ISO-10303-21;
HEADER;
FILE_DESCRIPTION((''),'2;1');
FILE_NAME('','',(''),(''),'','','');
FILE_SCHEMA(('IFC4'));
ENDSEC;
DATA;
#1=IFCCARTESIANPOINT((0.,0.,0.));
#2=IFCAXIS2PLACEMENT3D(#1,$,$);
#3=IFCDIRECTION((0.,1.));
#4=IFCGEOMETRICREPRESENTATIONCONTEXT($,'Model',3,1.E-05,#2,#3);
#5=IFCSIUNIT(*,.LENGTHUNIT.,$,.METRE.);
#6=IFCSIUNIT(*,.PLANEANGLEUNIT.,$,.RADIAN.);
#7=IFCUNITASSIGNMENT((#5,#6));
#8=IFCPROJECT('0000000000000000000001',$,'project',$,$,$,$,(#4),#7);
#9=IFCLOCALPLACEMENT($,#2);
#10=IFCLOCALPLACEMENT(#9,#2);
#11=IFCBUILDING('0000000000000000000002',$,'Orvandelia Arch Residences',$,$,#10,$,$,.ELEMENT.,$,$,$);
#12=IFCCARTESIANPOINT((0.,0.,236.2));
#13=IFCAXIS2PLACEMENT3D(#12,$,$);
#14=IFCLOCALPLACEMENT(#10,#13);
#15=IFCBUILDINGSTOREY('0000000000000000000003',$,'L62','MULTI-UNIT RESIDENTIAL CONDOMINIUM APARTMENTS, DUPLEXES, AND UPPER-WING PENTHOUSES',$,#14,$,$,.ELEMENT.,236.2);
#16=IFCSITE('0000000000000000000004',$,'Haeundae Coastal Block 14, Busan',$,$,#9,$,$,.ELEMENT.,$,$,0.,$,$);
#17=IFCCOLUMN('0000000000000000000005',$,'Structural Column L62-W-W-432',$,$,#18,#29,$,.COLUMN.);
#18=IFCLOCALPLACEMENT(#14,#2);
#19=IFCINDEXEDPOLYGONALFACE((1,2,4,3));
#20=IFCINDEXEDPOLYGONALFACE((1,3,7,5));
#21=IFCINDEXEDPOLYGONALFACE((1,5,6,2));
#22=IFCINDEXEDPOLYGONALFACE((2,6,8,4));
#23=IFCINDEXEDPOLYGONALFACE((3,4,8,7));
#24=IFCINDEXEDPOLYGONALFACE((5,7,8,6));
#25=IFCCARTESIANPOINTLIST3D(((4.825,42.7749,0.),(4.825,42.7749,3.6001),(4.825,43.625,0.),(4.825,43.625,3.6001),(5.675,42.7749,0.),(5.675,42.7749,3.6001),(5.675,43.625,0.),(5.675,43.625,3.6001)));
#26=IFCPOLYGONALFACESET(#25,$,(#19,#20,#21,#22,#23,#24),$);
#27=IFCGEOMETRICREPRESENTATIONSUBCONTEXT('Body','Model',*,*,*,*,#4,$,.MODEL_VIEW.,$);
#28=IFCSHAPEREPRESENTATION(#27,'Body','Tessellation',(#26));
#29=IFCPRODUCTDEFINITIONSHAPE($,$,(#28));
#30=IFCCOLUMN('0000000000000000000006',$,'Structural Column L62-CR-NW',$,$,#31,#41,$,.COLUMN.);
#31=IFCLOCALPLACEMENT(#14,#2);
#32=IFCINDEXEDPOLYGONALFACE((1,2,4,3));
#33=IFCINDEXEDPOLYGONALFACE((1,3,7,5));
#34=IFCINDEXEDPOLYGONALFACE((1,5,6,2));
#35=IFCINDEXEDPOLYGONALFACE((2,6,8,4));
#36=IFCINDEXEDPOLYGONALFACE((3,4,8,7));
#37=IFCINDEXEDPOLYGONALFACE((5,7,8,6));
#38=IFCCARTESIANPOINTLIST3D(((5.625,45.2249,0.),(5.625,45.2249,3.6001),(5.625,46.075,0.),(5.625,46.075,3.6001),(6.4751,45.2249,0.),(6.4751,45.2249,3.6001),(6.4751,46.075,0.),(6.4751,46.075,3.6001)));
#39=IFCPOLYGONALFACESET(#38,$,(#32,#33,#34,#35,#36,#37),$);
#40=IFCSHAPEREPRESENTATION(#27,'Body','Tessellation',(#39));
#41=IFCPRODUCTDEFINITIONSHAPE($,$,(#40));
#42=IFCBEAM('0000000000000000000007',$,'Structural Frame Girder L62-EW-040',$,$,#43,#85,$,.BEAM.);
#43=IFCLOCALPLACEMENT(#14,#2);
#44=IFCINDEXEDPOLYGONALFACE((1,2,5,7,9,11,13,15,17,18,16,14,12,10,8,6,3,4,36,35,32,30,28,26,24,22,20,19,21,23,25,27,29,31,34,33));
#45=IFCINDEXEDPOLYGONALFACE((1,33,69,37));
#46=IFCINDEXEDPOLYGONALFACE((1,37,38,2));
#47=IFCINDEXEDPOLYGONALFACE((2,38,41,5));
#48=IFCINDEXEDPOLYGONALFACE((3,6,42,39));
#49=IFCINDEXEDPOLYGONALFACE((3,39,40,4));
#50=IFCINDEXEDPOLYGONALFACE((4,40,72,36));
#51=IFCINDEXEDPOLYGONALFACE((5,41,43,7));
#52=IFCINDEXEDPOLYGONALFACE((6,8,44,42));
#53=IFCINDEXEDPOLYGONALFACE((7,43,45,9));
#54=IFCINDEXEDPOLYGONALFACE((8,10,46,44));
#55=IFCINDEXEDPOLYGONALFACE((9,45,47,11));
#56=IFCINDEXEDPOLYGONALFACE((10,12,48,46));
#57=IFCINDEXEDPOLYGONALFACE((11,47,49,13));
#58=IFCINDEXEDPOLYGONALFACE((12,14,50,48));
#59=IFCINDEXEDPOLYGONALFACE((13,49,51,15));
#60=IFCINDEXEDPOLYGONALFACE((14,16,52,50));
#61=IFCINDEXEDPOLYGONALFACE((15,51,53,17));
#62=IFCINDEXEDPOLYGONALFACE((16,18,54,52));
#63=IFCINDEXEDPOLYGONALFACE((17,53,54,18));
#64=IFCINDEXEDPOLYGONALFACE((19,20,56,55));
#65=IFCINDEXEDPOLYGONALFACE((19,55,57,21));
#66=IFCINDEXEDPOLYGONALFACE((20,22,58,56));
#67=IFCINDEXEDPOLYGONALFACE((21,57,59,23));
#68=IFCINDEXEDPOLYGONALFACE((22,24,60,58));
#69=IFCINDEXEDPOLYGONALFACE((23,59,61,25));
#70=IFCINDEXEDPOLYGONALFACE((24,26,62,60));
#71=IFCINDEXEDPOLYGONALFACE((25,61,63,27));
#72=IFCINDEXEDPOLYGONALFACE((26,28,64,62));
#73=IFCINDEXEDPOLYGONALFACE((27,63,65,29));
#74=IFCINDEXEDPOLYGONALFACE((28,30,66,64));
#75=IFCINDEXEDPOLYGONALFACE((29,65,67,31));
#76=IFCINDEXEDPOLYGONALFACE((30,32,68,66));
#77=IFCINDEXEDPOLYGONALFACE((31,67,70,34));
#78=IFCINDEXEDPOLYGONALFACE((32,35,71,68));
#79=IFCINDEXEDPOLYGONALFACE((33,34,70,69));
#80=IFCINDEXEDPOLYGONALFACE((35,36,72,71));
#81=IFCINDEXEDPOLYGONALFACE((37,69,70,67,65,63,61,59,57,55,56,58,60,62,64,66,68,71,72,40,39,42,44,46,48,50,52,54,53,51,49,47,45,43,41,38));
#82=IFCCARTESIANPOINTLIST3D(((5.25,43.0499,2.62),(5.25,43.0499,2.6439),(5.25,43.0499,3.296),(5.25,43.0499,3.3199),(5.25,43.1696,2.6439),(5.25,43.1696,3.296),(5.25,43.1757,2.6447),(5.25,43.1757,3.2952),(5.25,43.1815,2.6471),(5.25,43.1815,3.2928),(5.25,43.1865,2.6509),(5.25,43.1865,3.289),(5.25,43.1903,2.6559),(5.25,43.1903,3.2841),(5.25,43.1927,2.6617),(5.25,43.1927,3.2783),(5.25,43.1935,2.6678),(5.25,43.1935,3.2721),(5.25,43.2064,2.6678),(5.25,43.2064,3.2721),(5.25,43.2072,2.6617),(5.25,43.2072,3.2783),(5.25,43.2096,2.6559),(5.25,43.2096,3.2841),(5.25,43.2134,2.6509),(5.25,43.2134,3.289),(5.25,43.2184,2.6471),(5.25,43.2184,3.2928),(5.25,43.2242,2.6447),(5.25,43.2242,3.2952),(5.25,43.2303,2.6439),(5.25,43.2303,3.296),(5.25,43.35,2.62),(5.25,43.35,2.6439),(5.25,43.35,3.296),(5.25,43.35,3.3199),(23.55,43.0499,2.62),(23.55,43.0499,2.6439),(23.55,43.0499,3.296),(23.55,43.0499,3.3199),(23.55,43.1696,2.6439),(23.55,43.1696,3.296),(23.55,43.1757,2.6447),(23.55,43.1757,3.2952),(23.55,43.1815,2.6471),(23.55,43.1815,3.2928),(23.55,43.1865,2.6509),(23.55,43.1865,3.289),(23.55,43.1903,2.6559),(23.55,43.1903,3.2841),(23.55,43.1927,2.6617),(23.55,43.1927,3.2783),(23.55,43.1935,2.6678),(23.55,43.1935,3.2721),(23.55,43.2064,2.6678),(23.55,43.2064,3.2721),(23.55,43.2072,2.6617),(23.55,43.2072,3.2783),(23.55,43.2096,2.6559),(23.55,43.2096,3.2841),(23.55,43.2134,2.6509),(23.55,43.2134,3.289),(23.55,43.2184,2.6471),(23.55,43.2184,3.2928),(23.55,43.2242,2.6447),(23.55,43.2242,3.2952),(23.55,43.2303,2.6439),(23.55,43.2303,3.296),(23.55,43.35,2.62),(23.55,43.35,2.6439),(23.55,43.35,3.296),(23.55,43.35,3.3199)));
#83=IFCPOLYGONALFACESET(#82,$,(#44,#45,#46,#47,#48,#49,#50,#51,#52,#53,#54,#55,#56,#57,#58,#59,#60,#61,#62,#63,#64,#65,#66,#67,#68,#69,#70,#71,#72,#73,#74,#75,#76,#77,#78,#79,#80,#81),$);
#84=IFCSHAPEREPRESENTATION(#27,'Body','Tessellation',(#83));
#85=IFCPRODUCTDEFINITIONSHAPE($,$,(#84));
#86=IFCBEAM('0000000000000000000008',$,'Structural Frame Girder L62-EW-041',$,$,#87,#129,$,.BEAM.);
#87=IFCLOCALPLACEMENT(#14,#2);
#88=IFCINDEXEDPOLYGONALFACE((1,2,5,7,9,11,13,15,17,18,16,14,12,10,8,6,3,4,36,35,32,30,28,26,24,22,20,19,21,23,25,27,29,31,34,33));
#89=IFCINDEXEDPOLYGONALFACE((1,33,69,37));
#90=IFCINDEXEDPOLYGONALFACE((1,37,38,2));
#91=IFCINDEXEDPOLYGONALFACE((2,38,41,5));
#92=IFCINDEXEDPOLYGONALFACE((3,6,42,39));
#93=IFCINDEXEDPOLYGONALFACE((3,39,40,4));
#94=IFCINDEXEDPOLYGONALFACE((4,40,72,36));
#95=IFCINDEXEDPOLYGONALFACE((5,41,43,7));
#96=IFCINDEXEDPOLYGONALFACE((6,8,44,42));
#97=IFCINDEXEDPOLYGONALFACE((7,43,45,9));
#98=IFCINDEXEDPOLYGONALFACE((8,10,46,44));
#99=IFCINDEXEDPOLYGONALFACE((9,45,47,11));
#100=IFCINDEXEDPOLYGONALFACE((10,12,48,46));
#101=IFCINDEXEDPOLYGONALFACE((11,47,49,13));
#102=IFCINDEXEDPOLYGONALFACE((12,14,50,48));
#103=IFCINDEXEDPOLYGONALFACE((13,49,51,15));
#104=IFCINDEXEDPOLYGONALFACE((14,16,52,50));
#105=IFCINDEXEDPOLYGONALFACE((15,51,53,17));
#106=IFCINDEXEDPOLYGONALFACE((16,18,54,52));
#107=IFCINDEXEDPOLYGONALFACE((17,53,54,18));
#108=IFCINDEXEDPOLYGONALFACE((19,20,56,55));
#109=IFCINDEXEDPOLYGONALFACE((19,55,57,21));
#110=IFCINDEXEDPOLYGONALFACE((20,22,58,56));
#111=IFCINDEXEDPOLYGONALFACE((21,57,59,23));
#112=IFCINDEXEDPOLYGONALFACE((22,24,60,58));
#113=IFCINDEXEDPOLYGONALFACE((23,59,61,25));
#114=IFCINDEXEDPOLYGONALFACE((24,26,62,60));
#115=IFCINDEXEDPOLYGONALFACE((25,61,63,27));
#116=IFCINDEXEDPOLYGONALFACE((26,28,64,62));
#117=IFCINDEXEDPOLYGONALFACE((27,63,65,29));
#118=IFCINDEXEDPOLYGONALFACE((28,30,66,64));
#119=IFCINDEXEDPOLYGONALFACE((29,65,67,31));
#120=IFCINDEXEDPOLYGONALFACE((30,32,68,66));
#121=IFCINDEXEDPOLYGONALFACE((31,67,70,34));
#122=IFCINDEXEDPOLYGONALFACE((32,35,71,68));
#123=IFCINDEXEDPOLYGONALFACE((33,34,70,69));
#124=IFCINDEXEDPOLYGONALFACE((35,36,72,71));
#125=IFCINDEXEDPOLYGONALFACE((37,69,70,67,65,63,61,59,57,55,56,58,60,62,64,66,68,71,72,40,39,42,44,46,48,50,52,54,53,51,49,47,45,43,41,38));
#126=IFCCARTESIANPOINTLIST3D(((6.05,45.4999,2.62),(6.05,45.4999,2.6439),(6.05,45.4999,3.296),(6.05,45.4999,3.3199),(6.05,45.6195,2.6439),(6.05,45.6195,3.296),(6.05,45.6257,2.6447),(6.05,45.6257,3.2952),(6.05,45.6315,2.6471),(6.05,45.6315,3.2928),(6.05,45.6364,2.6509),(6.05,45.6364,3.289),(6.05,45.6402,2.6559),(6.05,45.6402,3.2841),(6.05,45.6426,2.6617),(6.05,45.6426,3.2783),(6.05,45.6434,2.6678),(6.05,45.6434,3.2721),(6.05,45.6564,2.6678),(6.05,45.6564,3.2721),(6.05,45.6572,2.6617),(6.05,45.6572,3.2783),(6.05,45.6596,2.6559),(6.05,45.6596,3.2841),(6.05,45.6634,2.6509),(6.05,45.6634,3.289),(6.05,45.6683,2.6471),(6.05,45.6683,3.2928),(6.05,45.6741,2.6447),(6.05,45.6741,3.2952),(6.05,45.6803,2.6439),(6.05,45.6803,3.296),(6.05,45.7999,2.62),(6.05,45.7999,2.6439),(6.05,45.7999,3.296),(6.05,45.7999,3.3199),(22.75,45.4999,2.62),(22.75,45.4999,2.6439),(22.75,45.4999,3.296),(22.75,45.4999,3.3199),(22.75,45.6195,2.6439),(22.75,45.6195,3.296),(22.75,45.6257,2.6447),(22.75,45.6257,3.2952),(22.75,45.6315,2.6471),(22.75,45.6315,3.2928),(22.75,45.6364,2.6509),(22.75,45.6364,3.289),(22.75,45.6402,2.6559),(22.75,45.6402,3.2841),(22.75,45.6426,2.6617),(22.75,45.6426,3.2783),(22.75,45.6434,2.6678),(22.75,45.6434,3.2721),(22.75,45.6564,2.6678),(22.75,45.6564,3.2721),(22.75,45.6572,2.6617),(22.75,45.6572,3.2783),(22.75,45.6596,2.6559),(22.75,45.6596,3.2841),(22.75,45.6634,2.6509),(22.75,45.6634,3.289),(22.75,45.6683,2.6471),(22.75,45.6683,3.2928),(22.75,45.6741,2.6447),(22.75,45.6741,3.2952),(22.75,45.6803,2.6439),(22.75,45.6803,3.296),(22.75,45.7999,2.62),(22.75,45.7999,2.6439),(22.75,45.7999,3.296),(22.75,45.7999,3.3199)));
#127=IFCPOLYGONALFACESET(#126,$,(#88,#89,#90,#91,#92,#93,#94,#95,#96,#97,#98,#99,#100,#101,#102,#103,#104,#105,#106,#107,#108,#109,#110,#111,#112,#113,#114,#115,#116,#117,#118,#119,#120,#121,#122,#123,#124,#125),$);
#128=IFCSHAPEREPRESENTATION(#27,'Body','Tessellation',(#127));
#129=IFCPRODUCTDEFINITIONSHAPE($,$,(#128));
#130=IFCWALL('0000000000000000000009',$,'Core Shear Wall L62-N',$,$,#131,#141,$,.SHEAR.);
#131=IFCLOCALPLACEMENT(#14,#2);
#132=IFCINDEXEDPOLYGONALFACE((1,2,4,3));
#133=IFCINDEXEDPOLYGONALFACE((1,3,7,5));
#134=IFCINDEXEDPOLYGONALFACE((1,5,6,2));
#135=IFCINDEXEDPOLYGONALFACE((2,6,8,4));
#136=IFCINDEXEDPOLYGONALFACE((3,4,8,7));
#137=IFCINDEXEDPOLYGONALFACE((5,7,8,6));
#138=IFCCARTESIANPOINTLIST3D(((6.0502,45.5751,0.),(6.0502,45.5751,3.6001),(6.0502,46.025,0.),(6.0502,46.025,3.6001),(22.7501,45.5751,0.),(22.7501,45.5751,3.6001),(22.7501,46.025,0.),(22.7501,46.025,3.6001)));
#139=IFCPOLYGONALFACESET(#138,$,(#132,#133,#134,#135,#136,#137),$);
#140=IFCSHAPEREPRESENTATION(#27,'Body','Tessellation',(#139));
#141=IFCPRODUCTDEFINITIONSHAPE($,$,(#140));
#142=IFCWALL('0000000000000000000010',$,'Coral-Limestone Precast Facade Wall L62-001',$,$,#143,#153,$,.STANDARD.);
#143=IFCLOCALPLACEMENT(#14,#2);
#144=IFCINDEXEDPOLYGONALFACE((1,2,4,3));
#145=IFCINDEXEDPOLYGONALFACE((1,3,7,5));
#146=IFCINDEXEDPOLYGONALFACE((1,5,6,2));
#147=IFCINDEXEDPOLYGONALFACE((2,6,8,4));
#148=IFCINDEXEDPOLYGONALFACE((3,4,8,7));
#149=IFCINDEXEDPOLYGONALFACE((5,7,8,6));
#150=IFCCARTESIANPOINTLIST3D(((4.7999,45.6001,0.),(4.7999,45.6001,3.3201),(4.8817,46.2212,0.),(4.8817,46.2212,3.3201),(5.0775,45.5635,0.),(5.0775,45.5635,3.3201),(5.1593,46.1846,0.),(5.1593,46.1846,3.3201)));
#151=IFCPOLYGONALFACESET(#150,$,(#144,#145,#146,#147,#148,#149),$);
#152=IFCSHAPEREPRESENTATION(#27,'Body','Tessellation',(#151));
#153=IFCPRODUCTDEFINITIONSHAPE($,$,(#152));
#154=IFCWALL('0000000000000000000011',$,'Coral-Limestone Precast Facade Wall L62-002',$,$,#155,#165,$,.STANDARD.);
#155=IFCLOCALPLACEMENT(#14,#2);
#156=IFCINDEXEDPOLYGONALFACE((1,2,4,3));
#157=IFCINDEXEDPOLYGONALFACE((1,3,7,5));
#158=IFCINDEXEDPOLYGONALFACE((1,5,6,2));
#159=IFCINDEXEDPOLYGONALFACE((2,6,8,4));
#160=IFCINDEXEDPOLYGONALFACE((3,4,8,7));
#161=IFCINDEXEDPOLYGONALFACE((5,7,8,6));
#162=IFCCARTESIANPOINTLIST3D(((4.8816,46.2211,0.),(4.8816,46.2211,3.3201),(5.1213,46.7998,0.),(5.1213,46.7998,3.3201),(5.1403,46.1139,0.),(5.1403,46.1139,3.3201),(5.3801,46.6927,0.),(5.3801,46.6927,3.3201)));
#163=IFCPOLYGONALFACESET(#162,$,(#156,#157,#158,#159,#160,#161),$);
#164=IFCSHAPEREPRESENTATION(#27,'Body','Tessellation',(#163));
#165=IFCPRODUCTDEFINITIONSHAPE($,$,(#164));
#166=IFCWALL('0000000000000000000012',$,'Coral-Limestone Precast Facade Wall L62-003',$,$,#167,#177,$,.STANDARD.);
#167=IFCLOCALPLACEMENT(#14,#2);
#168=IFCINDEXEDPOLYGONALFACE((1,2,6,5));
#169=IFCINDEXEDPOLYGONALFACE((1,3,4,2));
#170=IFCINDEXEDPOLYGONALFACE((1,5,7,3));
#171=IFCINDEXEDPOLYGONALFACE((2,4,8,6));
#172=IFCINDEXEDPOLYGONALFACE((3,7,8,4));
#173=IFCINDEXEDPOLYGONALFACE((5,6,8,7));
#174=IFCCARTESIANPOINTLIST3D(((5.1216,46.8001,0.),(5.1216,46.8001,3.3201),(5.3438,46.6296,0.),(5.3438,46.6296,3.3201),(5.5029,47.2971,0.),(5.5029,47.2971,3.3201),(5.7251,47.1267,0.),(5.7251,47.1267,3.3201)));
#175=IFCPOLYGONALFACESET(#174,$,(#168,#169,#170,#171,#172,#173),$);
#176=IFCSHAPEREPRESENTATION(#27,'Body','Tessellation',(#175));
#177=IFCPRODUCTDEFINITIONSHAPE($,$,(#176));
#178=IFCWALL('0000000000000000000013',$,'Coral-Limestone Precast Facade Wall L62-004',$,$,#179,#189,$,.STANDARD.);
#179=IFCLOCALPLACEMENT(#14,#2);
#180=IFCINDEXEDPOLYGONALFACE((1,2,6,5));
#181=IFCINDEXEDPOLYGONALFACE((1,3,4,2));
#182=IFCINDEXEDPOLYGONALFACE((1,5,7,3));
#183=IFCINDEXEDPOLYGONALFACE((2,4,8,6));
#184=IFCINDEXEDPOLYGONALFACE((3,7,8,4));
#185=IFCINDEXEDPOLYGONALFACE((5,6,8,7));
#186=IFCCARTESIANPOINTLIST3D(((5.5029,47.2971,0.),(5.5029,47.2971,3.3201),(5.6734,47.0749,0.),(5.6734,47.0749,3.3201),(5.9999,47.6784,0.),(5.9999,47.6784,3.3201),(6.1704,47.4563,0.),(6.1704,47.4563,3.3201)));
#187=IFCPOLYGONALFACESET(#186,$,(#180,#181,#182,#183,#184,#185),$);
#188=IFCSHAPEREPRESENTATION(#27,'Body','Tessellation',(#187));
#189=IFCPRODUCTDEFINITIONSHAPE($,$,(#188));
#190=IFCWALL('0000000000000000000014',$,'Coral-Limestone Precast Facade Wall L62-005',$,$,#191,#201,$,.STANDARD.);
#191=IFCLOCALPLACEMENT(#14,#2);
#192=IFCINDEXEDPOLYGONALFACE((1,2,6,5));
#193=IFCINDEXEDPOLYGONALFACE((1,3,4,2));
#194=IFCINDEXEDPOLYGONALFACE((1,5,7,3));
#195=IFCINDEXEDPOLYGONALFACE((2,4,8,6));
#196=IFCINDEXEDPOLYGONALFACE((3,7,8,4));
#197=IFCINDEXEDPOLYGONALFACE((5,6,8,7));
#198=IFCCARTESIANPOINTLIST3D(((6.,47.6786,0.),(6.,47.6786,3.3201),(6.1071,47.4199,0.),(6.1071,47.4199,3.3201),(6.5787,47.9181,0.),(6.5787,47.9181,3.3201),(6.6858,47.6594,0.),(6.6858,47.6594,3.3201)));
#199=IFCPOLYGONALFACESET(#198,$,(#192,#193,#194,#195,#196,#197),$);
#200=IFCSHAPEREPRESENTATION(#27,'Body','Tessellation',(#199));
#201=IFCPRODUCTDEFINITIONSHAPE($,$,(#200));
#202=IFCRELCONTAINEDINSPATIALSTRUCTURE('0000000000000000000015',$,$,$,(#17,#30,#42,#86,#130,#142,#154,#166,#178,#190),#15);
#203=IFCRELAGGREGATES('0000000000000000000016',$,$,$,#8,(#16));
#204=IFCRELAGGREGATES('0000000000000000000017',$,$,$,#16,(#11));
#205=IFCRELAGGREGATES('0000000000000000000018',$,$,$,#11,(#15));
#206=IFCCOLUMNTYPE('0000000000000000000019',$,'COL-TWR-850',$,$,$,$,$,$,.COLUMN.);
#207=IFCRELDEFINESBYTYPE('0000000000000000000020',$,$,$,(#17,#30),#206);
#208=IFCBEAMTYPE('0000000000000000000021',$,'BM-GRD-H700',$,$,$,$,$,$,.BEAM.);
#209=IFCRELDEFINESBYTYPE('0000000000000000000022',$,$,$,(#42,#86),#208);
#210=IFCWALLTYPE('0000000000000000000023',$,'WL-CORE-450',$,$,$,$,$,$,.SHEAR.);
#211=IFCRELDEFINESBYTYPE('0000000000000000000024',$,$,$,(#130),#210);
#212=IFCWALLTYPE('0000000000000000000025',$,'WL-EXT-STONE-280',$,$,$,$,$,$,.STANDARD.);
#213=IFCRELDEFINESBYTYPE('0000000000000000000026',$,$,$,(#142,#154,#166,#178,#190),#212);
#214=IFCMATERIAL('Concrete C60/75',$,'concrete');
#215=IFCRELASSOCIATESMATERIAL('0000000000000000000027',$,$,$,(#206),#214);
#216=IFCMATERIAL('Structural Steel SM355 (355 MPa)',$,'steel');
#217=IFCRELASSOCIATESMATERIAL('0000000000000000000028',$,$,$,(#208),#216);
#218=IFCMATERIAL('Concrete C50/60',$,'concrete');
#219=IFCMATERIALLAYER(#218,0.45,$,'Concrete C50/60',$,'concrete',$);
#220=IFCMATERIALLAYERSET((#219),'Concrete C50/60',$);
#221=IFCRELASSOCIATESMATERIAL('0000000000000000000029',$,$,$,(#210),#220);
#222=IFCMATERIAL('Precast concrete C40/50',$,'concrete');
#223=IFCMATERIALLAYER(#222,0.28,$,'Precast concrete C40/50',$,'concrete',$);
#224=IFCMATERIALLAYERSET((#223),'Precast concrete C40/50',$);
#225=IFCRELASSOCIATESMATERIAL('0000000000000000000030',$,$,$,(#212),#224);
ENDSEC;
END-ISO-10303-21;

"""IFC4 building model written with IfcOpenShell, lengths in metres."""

from ifc_helpers import new_model, si_unit, direction, frame, frame_2d, origin, origin_2d, place, context, subcontext, project, spatial, rectangle, i_section, extrude, material, layer, layer_set, material_profile, profile_set, type_object, element, save


model = new_model("IFC4")

# Units and contexts
model_context = context("Model", 3, precision=1e-05, world=origin(), true_north=direction((0.0, 1.0)))
body_context = subcontext(model_context, "Body", "Model", "MODEL_VIEW")
ifc_project = project(units=[si_unit("LENGTHUNIT", "METRE"), si_unit("PLANEANGLEUNIT", "RADIAN")], contexts=[model_context])

# Site, building, storey
site_placement = place(None, origin())
site = spatial("IfcSite", under=ifc_project, at=site_placement, Name="Haeundae Coastal Block 14, Busan", CompositionType="ELEMENT", RefElevation=0.0)
building_placement = place(site_placement, origin())
building = spatial("IfcBuilding", under=site, at=building_placement, Name="Orvandelia Arch Residences", CompositionType="ELEMENT")
storey_placement = place(building_placement, frame((0.0, 0.0, 236.2)))
storey = spatial("IfcBuildingStorey", under=building, at=storey_placement, Name="L62", Description="MULTI-UNIT RESIDENTIAL CONDOMINIUM APARTMENTS, DUPLEXES, AND UPPER-WING PENTHOUSES", CompositionType="ELEMENT", Elevation=236.2)

# Columns
ifc_material_1 = material(Name="Concrete C60/75", Category="concrete")
ifc_material_profile_1 = material_profile(ifc_material_1, rectangle(XDim=0.8501, YDim=0.8501, at=origin_2d()), Name="Concrete C60/75", Category="concrete")
ifc_profile_set_1 = profile_set([ifc_material_profile_1], Name="Concrete C60/75")
column_type = type_object("IfcColumnType", Name="COL-TWR-850", PredefinedType="COLUMN", material=ifc_profile_set_1)
for number, where, z_axis, x_axis, name in (
    (1, (5.25, 43.2, 0.0), (0.0, 0.0, 1.0), (1.0, 0.0, 0.0), "Structural Column L62-W-W-432"),
    (2, (6.05, 45.6499, 0.0), (0.0, 0.0, 1.0), (1.0, 0.0, 0.0), "Structural Column L62-CR-NW"),
):
    element("IfcColumn", number, at=place(storey_placement, frame(where, z_axis=z_axis, x_axis=x_axis)), inside=storey, type_object=column_type, Name=name, PredefinedType="COLUMN", context=body_context, shape_type="SweptSolid", body=[
        extrude(rectangle(XDim=0.8501, YDim=0.8501, at=origin_2d()), origin(), (0.0, 0.0, 1.0), 3.6001),
    ])

# Beams
ifc_material_2 = material(Name="Structural Steel SM355 (355 MPa)", Category="steel")
ifc_material_profile_2 = material_profile(ifc_material_2, i_section(OverallWidth=0.3, OverallDepth=0.7, WebThickness=0.0129, FlangeThickness=0.0239, FilletRadius=0.0239, at=origin_2d()), Name="Structural Steel SM355 (355 MPa)", Category="steel")
ifc_profile_set_2 = profile_set([ifc_material_profile_2], Name="Structural Steel SM355 (355 MPa)")
beam_type = type_object("IfcBeamType", Name="BM-GRD-H700", PredefinedType="BEAM", material=ifc_profile_set_2)
beam_1_placement = place(storey_placement, frame((5.25, 43.2, 2.97), z_axis=(1.0, 0.0, 0.0), x_axis=(0.0, 1.0, 0.0)))
element("IfcBeam", 3, at=beam_1_placement, inside=storey, type_object=beam_type, Name="Structural Frame Girder L62-EW-040", PredefinedType="BEAM", context=body_context, shape_type="SweptSolid", body=[
    extrude(i_section(OverallWidth=0.3, OverallDepth=0.7, WebThickness=0.0129, FlangeThickness=0.0239, FilletRadius=0.0239, at=origin_2d()), origin(), (0.0, 0.0, 1.0), 18.3),
])
beam_2_placement = place(storey_placement, frame((6.05, 45.6499, 2.97), z_axis=(1.0, 0.0, 0.0), x_axis=(0.0, 1.0, 0.0)))
element("IfcBeam", 4, at=beam_2_placement, inside=storey, type_object=beam_type, Name="Structural Frame Girder L62-EW-041", PredefinedType="BEAM", context=body_context, shape_type="SweptSolid", body=[
    extrude(i_section(OverallWidth=0.3, OverallDepth=0.7, WebThickness=0.0129, FlangeThickness=0.0239, FilletRadius=0.0239, at=origin_2d()), origin(), (0.0, 0.0, 1.0), 16.7),
])

# Walls
ifc_material_3 = material(Name="Concrete C50/60", Category="concrete")
ifc_layer_1 = layer(ifc_material_3, 0.45, Name="Concrete C50/60", Category="concrete")
ifc_layer_set_1 = layer_set([ifc_layer_1], Name="Concrete C50/60")
wall_type_1 = type_object("IfcWallType", Name="WL-CORE-450", PredefinedType="SHEAR", material=ifc_layer_set_1)
wall_1_placement = place(storey_placement, frame((6.05, 45.8, 0.0), z_axis=(0.0, 0.0, 1.0), x_axis=(1.0, 0.0, 0.0)))
element("IfcWall", 5, at=wall_1_placement, inside=storey, type_object=wall_type_1, Name="Core Shear Wall L62-N", PredefinedType="SHEAR", context=body_context, shape_type="SweptSolid", body=[
    extrude(rectangle(XDim=16.7, YDim=0.45, at=frame_2d((8.3501, 0.0))), origin(), (0.0, 0.0, 1.0), 3.6001),
])
ifc_material_4 = material(Name="Precast concrete C40/50", Category="concrete")
ifc_layer_2 = layer(ifc_material_4, 0.28, Name="Precast concrete C40/50", Category="concrete")
ifc_layer_set_2 = layer_set([ifc_layer_2], Name="Precast concrete C40/50")
wall_type_2 = type_object("IfcWallType", Name="WL-EXT-STONE-280", PredefinedType="STANDARD", material=ifc_layer_set_2)
for number, where, z_axis, x_axis, name in (
    (6, (4.9387, 45.5818, 0.0), (0.0, 0.0, 1.0), (0.130555, 0.991441, 0.0), "Coral-Limestone Precast Facade Wall L62-001"),
    (7, (5.011, 46.1675, 0.0), (0.0, 0.0, 1.0), (0.38265, 0.923893, 0.0), "Coral-Limestone Precast Facade Wall L62-002"),
    (8, (5.2327, 46.7148, 0.0), (0.0, 0.0, 1.0), (0.608693, 0.793406, 0.0), "Coral-Limestone Precast Facade Wall L62-003"),
    (9, (5.5881, 47.186, 0.0), (0.0, 0.0, 1.0), (0.793406, 0.608693, 0.0), "Coral-Limestone Precast Facade Wall L62-004"),
):
    element("IfcWall", number, at=place(storey_placement, frame(where, z_axis=z_axis, x_axis=x_axis)), inside=storey, type_object=wall_type_2, Name=name, PredefinedType="STANDARD", context=body_context, shape_type="SweptSolid", body=[
        extrude(rectangle(XDim=0.6265, YDim=0.28, at=frame_2d((0.3132, 0.0))), origin(), (0.0, 0.0, 1.0), 3.3201),
    ])
wall_2_placement = place(storey_placement, frame((6.0537, 47.5493, 0.0), z_axis=(0.0, 0.0, 1.0), x_axis=(0.923974, 0.382455, 0.0)))
element("IfcWall", 10, at=wall_2_placement, inside=storey, type_object=wall_type_2, Name="Coral-Limestone Precast Facade Wall L62-005", PredefinedType="STANDARD", context=body_context, shape_type="SweptSolid", body=[
    extrude(rectangle(XDim=0.6262, YDim=0.28, at=frame_2d((0.313, 0.0))), origin(), (0.0, 0.0, 1.0), 3.3201),
])

save(model, "model.ifc")
